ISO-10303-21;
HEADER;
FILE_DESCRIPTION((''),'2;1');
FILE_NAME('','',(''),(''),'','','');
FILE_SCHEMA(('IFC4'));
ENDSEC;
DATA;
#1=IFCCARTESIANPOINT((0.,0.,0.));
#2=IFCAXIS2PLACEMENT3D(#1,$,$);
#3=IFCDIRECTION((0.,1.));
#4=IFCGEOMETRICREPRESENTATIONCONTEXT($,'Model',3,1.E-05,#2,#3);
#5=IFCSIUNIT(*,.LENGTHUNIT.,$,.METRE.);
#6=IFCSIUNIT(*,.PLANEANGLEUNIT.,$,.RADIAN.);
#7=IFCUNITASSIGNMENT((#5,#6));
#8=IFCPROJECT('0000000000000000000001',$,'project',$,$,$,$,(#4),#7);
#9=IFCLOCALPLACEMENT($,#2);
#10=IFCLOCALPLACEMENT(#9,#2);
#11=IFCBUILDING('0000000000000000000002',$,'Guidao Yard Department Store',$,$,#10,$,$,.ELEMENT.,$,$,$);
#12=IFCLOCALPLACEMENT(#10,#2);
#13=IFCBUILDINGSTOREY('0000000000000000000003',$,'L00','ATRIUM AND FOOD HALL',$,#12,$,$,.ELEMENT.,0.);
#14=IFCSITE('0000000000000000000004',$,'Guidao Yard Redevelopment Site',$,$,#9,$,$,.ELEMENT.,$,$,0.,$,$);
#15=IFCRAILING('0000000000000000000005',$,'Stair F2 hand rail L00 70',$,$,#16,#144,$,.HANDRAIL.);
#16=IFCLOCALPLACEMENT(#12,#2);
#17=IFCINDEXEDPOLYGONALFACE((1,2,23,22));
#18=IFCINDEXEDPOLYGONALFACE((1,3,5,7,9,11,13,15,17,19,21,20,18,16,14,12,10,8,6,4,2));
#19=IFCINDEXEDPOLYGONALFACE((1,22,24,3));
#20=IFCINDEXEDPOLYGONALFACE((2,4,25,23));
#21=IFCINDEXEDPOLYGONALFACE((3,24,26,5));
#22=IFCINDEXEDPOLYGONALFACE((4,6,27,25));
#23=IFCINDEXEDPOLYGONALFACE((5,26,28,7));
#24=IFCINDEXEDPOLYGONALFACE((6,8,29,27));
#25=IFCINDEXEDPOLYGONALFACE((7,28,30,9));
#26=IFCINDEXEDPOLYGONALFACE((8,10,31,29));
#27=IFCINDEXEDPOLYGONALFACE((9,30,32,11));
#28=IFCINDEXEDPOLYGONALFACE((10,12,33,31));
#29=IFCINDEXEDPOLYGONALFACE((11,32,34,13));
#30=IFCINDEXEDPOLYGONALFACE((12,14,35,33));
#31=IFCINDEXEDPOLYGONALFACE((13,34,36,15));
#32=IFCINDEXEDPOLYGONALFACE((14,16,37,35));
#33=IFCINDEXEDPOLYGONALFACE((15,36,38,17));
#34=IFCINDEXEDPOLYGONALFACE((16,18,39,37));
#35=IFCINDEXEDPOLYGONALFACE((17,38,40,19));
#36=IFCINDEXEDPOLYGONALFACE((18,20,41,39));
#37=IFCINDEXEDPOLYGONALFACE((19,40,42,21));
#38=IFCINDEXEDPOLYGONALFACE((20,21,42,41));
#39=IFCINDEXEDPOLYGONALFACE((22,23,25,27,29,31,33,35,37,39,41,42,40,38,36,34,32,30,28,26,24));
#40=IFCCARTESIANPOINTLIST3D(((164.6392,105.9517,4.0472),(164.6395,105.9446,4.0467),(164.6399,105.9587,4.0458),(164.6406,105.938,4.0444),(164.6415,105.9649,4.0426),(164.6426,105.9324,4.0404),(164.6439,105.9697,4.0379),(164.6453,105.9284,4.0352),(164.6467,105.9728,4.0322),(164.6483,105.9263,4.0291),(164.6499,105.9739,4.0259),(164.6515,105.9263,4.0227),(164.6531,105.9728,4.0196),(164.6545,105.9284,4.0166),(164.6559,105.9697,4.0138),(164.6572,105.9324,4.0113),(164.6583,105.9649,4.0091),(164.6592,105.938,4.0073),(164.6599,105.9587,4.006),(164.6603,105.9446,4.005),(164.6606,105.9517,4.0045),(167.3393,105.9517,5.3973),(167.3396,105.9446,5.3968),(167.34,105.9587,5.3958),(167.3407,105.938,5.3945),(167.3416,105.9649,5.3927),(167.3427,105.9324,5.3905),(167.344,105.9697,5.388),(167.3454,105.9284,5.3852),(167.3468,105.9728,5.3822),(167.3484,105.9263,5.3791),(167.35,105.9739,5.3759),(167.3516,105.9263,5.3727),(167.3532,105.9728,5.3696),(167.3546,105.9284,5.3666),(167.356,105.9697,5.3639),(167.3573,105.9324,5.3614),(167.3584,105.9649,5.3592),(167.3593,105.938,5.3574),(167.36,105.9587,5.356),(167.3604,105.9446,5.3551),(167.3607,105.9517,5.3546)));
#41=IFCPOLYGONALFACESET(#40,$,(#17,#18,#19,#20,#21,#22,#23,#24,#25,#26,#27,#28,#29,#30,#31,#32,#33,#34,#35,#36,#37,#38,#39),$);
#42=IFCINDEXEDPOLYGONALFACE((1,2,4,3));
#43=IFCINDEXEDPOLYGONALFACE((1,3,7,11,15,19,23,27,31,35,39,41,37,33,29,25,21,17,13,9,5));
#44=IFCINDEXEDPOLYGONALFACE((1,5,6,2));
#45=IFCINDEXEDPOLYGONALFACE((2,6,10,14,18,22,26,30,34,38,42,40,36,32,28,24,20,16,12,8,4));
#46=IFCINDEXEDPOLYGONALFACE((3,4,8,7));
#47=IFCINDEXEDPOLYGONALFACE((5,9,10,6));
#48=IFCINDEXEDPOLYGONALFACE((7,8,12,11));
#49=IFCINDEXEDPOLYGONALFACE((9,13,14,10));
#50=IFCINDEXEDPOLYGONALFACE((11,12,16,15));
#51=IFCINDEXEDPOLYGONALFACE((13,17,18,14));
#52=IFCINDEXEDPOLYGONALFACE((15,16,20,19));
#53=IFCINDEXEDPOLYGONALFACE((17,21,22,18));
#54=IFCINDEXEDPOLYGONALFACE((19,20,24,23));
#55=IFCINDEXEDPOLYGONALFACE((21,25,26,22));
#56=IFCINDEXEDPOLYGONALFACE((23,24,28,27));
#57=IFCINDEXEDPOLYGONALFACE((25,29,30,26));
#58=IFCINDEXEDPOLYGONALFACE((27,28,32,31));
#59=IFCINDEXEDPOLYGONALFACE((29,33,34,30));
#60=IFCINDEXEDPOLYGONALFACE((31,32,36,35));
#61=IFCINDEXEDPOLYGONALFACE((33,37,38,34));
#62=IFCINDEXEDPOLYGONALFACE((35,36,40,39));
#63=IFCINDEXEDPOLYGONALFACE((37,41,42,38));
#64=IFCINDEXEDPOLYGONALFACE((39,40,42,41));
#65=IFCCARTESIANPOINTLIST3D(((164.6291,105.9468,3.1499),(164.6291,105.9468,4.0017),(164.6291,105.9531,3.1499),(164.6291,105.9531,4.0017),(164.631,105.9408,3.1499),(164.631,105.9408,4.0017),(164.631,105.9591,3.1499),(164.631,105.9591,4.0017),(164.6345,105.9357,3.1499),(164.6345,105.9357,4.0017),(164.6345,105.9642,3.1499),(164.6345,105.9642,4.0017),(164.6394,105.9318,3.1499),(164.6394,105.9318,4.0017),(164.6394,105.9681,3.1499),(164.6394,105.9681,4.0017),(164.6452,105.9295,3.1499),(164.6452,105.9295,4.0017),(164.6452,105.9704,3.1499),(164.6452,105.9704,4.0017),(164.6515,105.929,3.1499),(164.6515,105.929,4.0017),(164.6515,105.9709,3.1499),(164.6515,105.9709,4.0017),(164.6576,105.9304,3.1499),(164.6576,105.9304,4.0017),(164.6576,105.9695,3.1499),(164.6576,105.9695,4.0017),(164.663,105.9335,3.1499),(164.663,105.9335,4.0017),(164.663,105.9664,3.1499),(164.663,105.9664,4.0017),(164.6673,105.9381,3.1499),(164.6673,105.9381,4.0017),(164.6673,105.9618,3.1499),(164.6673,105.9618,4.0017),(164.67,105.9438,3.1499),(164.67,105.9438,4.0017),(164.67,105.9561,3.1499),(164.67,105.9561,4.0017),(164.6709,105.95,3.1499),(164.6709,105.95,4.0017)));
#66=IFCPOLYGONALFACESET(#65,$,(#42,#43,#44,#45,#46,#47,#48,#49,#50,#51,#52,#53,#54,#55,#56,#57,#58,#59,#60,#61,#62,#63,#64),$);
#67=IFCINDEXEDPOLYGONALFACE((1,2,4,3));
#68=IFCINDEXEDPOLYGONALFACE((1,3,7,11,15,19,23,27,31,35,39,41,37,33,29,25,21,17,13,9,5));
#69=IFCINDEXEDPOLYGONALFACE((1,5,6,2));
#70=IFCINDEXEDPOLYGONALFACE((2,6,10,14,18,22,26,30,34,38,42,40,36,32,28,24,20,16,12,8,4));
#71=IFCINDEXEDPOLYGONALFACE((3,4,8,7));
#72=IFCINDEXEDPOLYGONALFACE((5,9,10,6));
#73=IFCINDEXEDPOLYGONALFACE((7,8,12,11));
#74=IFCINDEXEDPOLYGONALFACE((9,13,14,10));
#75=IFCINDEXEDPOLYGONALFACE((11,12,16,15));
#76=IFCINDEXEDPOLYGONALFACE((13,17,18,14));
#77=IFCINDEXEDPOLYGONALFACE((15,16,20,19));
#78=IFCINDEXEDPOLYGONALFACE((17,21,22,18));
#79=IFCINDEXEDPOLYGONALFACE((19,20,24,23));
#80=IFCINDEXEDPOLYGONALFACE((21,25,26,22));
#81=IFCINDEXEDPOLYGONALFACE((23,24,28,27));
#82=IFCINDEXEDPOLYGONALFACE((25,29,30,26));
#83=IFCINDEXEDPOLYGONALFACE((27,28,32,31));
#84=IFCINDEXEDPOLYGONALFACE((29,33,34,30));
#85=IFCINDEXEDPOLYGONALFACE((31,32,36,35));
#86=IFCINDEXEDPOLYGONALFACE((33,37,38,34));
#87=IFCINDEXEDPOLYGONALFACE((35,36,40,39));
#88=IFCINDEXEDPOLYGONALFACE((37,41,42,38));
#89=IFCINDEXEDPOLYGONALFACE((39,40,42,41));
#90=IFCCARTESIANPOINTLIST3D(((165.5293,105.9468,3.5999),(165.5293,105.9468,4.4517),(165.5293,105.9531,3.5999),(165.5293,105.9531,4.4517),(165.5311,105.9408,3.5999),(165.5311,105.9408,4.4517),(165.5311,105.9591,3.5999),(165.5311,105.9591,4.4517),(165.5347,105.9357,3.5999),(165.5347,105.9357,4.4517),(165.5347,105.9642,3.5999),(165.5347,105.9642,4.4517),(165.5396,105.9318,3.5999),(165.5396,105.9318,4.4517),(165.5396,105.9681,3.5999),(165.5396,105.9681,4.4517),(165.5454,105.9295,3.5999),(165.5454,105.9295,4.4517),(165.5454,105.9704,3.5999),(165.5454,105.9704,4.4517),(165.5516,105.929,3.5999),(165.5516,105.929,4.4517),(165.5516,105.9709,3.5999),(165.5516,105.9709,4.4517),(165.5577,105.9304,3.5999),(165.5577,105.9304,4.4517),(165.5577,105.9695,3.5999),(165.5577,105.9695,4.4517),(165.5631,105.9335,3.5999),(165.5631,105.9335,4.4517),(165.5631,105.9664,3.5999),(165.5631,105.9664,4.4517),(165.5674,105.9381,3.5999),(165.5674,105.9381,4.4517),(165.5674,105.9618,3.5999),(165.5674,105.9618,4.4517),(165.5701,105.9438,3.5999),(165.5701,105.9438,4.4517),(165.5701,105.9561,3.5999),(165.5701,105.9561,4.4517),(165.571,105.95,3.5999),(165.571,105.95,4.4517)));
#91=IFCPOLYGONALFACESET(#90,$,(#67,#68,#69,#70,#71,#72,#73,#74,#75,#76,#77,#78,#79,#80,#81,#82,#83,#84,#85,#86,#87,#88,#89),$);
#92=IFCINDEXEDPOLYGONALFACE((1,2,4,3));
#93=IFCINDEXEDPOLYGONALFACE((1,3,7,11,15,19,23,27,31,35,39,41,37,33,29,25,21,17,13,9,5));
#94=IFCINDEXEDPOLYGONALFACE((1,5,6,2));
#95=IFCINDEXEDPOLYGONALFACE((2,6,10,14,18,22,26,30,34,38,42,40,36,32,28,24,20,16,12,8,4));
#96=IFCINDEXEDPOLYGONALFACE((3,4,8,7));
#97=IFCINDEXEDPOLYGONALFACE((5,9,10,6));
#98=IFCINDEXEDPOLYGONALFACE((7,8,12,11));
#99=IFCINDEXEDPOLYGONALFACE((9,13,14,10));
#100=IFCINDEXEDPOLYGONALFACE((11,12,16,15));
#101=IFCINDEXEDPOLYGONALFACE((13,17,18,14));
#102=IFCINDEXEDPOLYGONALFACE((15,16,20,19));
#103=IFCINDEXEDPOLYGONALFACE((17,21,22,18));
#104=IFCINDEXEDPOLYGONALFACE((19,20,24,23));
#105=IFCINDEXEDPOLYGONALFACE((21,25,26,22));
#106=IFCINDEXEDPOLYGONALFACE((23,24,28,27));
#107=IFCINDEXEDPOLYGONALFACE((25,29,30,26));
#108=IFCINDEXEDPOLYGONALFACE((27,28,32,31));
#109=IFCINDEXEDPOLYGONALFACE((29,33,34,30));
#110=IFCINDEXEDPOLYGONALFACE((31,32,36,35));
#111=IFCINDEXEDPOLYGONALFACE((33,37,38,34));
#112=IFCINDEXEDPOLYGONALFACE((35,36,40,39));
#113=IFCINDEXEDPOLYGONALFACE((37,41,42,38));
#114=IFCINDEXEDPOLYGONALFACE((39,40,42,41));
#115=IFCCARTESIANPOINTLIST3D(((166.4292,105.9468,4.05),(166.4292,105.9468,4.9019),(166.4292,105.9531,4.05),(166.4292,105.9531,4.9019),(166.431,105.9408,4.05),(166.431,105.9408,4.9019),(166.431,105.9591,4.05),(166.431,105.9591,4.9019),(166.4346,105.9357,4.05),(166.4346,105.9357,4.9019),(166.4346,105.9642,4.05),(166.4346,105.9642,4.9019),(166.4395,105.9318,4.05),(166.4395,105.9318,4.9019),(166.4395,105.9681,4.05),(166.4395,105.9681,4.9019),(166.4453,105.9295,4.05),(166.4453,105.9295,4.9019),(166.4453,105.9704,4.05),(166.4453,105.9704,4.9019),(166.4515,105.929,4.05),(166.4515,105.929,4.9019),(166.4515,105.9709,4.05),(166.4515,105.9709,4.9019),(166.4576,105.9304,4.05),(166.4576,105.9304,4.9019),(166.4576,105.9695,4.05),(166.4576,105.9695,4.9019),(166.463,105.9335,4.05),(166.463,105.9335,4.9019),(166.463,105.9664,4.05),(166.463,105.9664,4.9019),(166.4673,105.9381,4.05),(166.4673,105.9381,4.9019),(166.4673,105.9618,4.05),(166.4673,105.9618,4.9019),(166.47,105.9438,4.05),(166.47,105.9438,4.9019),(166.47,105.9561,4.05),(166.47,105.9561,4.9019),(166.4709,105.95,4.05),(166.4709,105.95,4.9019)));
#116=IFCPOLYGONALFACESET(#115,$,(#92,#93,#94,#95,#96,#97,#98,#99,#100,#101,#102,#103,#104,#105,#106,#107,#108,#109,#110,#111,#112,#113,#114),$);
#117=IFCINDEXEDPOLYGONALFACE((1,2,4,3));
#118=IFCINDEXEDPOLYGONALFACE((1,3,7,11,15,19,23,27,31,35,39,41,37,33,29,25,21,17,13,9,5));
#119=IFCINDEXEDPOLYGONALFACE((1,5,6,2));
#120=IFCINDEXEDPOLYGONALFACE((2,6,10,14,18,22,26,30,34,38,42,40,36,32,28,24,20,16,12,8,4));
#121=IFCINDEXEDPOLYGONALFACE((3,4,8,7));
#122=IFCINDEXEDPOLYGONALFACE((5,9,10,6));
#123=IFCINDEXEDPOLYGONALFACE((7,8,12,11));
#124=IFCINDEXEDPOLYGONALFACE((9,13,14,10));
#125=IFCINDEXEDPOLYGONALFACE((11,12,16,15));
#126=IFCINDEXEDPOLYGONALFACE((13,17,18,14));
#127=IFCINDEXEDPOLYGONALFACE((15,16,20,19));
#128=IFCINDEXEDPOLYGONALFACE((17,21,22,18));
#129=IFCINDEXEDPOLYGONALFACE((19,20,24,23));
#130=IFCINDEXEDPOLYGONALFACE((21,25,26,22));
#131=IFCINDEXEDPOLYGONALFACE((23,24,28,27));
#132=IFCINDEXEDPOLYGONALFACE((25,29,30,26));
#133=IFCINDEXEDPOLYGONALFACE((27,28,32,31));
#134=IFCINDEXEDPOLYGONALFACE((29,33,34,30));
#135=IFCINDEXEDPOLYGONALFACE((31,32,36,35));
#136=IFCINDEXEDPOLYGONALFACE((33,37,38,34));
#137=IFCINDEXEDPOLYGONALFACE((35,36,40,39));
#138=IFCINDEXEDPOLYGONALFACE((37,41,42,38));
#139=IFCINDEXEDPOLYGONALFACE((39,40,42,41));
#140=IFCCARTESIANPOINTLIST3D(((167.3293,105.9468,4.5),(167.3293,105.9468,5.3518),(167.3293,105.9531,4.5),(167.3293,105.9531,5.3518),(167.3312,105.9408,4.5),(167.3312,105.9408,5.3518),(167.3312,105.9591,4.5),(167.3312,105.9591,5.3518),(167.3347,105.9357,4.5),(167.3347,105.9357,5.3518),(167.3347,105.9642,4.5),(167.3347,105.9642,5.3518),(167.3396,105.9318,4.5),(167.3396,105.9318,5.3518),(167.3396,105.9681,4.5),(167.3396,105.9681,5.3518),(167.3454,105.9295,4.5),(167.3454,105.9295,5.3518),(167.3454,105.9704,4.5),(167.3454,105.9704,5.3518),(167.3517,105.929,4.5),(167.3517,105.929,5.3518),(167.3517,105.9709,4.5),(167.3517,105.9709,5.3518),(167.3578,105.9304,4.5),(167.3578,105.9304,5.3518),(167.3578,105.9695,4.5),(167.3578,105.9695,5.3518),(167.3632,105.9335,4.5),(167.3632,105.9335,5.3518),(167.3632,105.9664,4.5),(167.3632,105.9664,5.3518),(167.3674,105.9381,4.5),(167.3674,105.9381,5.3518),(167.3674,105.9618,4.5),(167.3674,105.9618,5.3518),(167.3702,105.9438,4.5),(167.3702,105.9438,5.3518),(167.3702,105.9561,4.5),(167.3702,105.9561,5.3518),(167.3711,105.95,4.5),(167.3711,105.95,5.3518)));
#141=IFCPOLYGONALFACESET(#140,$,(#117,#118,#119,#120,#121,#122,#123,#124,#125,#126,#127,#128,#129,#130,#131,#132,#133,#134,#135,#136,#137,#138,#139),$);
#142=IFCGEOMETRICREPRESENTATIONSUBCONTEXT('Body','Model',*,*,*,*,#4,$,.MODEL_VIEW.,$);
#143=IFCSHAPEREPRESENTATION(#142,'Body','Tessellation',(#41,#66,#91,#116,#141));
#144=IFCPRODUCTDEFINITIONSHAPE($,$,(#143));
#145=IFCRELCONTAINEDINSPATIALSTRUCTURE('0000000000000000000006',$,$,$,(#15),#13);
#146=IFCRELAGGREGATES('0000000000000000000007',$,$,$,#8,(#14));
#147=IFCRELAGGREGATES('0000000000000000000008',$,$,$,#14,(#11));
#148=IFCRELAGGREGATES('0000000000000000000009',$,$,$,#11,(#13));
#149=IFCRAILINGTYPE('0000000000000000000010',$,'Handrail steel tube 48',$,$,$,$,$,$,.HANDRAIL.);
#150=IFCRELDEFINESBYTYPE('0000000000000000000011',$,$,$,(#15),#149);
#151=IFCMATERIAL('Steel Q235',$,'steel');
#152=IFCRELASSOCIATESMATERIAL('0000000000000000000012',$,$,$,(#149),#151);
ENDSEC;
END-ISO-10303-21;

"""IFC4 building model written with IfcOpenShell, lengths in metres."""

from ifc_helpers import new_model, si_unit, direction, frame, origin, origin_2d, place, context, subcontext, project, spatial, circle, extrude, material, type_object, element, save


model = new_model("IFC4")

# Units and contexts
model_context = context("Model", 3, precision=1e-05, world=origin(), true_north=direction((0.0, 1.0)))
body_context = subcontext(model_context, "Body", "Model", "MODEL_VIEW")
ifc_project = project(units=[si_unit("LENGTHUNIT", "METRE"), si_unit("PLANEANGLEUNIT", "RADIAN")], contexts=[model_context])

# Site, building, storey
site_placement = place(None, origin())
site = spatial("IfcSite", under=ifc_project, at=site_placement, Name="Guidao Yard Redevelopment Site", CompositionType="ELEMENT", RefElevation=0.0)
building_placement = place(site_placement, origin())
building = spatial("IfcBuilding", under=site, at=building_placement, Name="Guidao Yard Department Store", CompositionType="ELEMENT")
storey_placement = place(building_placement, origin())
storey = spatial("IfcBuildingStorey", under=building, at=storey_placement, Name="L00", Description="ATRIUM AND FOOD HALL", CompositionType="ELEMENT", Elevation=0.0)

# Railing
ifc_material_1 = material(Name="Steel Q235", Category="steel")
railing_type = type_object("IfcRailingType", Name="Handrail steel tube 48", PredefinedType="HANDRAIL", material=ifc_material_1)
for number, where, name in (
    (1, (164.6499, 105.95, 3.1499), "Stair F2 hand rail L00 70"),
):
    element("IfcRailing", number, at=place(storey_placement, frame(where)), inside=storey, type_object=railing_type, Name=name, PredefinedType="HANDRAIL", context=body_context, shape_type="SweptSolid", body=[
        extrude(circle(Radius=0.0239, at=origin_2d()), frame((0.0, 0.0, 0.876), z_axis=(0.894427, 0.0, 0.447214), x_axis=(0.0, 1.0, 0.0)), (0.0, 0.0, 1.0), 3.0188),
        extrude(circle(Radius=0.021, at=origin_2d()), origin(), (0.0, 0.0, 1.0), 0.8518),
        extrude(circle(Radius=0.021, at=origin_2d()), frame((0.9001, 0.0, 0.45)), (0.0, 0.0, 1.0), 0.8518),
        extrude(circle(Radius=0.021, at=origin_2d()), frame((1.8, 0.0, 0.9001)), (0.0, 0.0, 1.0), 0.8518),
        extrude(circle(Radius=0.021, at=origin_2d()), frame((2.7002, 0.0, 1.3501)), (0.0, 0.0, 1.0), 0.8518),
    ])

save(model, "model.ifc")
